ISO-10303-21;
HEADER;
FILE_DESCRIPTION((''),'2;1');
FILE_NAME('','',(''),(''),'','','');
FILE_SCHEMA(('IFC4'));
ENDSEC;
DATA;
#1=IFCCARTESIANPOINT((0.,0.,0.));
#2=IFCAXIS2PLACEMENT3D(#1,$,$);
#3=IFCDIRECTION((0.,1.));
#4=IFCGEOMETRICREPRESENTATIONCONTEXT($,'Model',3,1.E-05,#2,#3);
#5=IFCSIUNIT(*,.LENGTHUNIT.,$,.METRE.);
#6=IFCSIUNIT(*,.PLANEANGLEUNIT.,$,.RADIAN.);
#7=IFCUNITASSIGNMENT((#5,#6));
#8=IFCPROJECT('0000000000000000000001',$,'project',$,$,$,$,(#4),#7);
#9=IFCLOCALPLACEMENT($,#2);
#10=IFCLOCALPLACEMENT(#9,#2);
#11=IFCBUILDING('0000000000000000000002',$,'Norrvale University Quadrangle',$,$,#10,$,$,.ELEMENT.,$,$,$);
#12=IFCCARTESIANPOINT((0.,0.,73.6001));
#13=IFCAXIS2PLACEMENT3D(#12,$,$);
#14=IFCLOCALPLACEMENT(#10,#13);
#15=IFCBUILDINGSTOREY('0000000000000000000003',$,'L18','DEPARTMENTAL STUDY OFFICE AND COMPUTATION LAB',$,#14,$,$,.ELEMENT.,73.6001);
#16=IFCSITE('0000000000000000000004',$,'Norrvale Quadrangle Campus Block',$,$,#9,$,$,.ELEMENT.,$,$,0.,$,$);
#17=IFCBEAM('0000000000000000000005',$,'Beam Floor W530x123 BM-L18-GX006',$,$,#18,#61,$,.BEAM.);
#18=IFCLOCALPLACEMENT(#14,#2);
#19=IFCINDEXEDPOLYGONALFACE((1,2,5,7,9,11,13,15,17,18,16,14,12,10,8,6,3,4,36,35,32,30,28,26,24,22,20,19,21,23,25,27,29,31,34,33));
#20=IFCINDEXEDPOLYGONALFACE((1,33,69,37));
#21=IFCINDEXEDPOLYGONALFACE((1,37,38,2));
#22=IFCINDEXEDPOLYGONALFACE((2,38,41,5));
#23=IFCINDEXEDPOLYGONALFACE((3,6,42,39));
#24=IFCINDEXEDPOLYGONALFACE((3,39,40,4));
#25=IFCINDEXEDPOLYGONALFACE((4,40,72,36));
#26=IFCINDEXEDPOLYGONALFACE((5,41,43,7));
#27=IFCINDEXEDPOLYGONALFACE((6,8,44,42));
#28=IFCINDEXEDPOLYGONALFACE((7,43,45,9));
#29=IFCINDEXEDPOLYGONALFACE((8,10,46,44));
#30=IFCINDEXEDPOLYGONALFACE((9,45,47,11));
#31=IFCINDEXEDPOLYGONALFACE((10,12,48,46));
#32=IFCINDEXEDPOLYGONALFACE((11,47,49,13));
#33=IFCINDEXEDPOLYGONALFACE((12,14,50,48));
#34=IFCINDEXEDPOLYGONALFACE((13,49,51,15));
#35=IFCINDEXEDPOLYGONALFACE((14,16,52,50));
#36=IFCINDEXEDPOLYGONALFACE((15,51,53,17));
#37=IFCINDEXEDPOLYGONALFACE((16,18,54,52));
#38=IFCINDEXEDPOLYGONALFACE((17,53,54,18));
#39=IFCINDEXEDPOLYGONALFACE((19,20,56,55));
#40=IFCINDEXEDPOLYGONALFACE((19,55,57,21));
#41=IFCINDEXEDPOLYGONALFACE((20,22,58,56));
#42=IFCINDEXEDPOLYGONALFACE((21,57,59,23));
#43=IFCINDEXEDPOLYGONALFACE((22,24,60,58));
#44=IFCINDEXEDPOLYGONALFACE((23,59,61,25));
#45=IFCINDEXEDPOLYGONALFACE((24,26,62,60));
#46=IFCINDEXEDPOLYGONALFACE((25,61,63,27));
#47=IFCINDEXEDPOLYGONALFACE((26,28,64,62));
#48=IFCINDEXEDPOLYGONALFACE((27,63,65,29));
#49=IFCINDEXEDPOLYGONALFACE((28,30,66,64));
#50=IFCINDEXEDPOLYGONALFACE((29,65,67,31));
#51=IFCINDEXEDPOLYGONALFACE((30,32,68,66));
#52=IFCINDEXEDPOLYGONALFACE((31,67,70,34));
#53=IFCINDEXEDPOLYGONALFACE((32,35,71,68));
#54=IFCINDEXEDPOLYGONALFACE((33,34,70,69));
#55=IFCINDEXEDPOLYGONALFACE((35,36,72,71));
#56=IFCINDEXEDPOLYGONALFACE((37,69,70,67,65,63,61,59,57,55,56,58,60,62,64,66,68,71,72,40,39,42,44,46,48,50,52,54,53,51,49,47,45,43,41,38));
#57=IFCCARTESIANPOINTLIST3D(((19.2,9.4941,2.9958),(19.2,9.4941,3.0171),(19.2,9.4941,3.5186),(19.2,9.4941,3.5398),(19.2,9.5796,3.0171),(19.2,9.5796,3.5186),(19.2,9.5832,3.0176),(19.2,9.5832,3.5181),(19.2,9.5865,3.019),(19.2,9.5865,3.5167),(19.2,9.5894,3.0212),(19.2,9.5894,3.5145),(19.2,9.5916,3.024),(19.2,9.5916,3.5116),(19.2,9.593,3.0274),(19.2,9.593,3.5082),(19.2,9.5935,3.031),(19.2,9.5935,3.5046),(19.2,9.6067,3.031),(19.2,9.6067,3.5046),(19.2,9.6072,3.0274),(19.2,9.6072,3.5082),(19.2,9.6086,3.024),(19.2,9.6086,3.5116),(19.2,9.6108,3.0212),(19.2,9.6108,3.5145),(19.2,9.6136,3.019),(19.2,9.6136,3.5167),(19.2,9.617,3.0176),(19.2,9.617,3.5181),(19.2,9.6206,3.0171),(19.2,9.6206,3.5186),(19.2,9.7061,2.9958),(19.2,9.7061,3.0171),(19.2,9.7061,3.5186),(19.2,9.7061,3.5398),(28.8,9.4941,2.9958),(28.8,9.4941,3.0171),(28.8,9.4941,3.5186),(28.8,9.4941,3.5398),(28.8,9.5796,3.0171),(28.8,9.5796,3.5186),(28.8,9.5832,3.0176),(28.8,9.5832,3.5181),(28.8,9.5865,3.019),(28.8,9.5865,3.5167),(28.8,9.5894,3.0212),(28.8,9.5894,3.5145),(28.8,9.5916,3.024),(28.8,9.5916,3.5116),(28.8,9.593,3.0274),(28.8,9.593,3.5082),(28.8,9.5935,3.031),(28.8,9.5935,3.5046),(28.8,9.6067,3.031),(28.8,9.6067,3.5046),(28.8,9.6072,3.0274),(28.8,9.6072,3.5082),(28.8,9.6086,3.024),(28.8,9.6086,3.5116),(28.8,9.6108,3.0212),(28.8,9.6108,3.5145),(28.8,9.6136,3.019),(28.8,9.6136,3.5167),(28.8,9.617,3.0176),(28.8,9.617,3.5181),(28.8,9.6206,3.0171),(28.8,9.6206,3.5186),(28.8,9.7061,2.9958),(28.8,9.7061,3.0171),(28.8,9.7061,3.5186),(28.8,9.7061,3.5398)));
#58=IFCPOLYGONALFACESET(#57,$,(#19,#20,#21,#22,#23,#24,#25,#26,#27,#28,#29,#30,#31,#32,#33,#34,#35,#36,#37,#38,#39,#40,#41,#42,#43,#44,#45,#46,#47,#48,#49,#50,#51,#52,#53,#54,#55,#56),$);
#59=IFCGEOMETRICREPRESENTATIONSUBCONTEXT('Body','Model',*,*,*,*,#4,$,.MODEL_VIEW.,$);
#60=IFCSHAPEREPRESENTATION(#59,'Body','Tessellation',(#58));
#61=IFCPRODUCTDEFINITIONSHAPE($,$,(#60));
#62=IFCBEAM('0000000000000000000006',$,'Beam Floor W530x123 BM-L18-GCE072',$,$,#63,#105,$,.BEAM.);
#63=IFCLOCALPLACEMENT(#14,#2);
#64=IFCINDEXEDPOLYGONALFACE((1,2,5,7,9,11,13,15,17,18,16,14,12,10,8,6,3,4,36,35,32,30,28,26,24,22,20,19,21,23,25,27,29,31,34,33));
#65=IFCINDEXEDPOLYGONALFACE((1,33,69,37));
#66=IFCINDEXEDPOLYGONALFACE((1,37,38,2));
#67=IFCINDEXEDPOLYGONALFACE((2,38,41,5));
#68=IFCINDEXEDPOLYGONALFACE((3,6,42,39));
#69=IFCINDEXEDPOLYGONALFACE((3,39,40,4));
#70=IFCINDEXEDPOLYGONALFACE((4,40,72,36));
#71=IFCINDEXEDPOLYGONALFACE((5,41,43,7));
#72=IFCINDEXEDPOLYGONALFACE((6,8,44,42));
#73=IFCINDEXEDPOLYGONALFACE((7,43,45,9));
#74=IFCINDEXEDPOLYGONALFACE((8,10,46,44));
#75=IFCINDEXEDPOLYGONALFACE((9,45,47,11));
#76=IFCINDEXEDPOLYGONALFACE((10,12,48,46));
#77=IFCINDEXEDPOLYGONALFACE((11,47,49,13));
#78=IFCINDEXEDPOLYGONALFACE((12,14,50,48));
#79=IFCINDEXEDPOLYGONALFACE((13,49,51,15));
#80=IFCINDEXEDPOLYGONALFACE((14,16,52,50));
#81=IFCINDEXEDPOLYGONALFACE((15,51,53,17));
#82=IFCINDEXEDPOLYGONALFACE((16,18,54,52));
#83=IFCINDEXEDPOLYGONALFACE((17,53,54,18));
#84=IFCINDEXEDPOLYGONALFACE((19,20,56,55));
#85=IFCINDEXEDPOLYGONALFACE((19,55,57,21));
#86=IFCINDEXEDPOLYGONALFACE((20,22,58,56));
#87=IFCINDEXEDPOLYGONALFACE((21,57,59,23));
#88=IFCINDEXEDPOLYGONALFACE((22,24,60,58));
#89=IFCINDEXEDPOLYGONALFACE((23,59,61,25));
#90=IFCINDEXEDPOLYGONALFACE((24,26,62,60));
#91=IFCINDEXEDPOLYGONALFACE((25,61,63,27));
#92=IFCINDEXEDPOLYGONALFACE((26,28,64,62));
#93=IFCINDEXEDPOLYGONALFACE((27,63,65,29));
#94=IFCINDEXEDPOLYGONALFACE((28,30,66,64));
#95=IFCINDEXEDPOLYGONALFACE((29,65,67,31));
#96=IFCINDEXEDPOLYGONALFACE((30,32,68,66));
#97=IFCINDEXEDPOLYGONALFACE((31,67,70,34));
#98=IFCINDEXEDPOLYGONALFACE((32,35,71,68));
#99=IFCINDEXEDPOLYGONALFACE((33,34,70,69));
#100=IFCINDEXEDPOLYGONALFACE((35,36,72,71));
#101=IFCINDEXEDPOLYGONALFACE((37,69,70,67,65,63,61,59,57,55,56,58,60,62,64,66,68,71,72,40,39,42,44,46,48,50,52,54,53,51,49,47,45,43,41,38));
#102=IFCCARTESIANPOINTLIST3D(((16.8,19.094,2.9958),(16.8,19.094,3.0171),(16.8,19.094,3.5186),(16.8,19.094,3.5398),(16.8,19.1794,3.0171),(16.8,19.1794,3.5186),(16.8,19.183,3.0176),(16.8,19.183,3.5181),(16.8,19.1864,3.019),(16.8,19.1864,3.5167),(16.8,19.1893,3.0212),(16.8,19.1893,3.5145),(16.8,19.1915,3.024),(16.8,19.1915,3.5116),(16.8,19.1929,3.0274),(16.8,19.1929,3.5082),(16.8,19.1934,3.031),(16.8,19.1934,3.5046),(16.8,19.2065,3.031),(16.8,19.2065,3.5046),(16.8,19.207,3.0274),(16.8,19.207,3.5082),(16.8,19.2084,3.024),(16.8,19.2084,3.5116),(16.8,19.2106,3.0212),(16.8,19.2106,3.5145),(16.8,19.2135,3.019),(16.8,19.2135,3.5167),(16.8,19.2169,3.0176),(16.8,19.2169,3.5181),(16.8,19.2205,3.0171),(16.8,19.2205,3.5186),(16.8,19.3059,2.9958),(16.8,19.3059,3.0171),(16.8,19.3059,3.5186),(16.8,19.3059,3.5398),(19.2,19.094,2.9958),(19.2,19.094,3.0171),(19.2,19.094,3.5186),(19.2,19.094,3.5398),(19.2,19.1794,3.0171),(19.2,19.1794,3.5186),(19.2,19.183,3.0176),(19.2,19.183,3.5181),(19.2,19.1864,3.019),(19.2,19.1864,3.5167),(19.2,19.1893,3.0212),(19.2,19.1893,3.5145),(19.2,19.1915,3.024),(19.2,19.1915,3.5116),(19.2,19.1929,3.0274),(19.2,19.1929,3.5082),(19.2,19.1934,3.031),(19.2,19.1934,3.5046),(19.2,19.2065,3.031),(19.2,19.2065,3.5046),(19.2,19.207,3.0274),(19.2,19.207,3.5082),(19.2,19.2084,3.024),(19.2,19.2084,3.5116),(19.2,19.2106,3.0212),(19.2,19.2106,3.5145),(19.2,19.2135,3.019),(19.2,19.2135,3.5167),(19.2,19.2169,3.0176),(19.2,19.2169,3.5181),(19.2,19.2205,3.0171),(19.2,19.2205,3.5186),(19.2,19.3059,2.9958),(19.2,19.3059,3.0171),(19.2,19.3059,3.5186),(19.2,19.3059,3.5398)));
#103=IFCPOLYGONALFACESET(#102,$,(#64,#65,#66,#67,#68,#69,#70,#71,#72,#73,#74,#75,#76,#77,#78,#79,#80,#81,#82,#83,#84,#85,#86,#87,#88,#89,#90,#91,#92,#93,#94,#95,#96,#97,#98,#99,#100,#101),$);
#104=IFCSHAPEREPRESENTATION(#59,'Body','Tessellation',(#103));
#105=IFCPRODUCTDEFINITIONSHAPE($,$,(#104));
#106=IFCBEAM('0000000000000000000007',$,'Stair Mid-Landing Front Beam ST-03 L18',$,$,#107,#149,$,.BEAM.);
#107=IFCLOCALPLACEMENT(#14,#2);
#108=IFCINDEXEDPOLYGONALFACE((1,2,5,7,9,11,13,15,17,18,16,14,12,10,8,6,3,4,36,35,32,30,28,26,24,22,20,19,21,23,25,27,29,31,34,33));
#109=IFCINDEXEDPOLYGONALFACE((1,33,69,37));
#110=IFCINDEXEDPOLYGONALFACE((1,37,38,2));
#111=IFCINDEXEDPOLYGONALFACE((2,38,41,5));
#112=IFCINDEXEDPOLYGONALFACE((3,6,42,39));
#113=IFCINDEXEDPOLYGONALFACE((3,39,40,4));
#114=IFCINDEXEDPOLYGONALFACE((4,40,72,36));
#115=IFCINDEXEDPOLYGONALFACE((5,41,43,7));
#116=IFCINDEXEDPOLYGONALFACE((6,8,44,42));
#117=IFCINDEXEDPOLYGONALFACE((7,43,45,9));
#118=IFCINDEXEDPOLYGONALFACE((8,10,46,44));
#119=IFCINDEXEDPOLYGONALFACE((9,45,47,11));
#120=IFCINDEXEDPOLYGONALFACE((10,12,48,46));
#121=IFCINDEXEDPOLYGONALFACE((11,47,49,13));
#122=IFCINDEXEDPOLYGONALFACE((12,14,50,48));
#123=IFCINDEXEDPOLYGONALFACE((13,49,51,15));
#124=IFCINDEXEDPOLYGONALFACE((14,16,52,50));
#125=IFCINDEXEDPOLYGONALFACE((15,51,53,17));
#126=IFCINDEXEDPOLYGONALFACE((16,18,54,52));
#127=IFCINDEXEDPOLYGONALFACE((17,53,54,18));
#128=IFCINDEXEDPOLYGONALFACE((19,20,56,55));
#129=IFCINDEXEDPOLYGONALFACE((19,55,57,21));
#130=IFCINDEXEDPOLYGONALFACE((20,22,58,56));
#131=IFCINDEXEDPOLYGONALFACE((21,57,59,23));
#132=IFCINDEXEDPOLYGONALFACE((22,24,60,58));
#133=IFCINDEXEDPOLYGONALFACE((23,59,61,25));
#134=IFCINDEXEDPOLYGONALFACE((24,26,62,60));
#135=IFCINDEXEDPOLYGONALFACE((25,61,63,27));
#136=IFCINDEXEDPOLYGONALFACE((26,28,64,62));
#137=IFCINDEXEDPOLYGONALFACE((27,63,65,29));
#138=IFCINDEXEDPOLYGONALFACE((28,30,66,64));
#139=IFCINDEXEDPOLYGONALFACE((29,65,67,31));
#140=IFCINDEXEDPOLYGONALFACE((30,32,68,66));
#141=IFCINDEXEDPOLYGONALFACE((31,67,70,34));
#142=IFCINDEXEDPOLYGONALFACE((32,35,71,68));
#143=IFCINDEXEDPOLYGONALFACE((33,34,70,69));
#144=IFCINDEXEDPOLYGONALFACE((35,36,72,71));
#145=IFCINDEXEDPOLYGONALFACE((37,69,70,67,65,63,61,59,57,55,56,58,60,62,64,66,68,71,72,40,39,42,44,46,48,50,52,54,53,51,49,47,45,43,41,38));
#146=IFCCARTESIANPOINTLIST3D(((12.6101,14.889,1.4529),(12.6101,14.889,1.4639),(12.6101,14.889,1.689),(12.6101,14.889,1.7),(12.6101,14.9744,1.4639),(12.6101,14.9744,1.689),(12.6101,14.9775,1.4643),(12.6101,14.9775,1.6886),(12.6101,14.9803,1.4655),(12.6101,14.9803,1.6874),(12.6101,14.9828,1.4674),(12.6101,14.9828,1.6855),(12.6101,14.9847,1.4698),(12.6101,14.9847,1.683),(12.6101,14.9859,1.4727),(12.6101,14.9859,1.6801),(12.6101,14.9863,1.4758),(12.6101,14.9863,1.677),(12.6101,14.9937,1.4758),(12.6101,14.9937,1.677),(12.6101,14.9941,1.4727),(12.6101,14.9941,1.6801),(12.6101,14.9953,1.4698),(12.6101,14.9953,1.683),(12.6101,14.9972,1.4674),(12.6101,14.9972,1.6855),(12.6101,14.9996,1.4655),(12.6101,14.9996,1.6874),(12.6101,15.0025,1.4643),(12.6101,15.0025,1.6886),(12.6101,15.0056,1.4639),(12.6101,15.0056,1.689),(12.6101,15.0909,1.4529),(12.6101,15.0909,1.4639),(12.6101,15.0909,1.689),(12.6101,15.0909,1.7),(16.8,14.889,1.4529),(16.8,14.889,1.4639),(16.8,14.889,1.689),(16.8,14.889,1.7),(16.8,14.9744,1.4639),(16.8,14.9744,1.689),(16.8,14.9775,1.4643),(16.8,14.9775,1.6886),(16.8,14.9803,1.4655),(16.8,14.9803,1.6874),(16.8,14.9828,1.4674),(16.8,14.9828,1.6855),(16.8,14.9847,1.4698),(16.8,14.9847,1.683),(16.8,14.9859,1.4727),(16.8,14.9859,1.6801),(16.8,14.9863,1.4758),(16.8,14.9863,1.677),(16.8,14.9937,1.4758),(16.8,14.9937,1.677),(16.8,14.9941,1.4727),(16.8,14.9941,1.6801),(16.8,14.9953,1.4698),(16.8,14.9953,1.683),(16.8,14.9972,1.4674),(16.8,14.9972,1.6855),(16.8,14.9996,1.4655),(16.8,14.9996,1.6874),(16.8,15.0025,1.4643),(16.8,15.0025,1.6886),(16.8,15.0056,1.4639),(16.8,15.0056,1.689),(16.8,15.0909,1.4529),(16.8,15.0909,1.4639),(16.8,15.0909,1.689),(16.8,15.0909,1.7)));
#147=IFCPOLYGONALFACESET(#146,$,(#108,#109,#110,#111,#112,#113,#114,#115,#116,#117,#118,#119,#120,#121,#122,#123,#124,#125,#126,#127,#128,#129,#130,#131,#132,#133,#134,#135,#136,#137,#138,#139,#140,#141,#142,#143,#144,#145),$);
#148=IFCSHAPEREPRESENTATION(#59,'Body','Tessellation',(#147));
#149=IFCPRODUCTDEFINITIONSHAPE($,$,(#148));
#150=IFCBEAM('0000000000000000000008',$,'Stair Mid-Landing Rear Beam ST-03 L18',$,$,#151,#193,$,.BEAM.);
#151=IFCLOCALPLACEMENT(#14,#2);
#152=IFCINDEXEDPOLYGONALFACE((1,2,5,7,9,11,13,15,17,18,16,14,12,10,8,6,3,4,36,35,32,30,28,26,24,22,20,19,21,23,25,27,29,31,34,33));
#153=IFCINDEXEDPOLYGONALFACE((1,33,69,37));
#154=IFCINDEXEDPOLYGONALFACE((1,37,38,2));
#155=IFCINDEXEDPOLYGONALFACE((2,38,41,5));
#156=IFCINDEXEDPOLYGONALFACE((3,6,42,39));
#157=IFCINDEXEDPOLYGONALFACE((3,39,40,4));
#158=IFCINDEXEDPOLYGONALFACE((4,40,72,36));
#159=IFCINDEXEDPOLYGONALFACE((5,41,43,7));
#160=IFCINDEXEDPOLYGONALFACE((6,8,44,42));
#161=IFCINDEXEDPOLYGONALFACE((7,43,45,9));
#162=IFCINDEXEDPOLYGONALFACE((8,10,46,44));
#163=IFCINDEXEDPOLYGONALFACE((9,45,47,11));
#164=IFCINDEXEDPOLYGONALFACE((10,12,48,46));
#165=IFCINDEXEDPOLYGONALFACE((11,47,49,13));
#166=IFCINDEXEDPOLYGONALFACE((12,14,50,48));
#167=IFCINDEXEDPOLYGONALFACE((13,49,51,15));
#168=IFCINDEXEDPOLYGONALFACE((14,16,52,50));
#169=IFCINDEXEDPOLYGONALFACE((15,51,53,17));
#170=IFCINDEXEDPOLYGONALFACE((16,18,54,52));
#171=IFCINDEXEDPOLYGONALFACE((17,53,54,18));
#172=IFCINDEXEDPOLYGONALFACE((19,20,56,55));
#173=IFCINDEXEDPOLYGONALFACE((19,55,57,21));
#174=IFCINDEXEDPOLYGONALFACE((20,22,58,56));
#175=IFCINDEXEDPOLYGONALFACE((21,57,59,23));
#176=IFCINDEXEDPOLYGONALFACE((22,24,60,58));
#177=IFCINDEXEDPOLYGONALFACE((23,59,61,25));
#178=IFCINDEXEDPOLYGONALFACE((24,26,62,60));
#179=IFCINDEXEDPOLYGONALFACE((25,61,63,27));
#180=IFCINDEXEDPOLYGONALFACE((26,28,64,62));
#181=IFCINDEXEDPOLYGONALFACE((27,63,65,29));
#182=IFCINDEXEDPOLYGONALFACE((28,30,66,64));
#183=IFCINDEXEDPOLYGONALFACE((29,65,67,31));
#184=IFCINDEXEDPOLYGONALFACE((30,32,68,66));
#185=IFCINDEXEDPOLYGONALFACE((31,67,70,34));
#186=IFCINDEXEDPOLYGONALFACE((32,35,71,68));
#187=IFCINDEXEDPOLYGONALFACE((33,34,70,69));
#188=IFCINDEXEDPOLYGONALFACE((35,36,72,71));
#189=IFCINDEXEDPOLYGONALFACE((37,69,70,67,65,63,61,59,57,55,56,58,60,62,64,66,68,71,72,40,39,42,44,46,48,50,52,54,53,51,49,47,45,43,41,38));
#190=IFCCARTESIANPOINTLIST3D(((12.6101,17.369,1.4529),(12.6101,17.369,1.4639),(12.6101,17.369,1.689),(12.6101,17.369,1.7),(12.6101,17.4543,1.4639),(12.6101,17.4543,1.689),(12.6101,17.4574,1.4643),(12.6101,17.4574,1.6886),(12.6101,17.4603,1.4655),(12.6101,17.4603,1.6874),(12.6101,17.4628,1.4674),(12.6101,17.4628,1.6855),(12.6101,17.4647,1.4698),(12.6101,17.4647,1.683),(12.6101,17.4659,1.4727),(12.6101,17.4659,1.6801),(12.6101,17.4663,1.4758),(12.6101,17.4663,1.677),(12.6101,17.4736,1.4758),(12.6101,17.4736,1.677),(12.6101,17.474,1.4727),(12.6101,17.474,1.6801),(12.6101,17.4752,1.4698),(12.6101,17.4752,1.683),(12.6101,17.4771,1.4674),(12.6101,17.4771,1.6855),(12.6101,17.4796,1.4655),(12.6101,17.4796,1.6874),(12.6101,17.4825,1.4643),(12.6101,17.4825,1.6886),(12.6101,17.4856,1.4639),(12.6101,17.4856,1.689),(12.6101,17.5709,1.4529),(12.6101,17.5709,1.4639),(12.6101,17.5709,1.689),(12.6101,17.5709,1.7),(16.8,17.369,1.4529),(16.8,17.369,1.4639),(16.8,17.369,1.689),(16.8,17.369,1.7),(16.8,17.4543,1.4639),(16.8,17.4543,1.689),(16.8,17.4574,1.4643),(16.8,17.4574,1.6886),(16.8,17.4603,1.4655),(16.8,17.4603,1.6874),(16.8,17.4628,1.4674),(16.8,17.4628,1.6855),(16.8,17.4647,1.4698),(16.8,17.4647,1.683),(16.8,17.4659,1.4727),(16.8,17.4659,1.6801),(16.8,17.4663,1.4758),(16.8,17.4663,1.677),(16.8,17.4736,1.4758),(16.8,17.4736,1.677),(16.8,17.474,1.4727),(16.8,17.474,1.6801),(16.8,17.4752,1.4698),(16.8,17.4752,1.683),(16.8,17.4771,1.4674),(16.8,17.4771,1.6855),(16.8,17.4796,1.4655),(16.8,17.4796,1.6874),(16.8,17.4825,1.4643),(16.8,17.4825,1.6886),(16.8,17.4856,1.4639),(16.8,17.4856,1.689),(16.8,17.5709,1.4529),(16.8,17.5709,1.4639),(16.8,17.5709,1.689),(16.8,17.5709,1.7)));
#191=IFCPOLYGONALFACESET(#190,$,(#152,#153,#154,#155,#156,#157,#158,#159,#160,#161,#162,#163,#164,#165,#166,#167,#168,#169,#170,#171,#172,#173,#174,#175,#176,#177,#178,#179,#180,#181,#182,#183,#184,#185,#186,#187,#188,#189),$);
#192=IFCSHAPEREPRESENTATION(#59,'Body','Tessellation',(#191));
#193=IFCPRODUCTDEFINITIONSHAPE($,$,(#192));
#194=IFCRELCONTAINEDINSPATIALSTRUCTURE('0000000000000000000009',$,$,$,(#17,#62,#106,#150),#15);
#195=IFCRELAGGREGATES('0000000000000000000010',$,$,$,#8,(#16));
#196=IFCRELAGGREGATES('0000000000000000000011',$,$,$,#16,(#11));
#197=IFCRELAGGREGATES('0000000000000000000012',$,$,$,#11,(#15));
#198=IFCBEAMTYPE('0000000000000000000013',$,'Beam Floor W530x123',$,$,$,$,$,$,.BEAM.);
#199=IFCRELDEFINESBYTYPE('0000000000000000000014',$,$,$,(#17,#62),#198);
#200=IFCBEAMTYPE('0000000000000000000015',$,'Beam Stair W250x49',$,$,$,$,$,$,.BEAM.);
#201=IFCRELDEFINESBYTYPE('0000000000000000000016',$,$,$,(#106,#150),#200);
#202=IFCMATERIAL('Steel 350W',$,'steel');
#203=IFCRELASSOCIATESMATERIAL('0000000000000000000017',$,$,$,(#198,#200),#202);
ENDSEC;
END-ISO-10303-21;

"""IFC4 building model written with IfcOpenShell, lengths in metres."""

from ifc_helpers import new_model, si_unit, direction, frame, origin, origin_2d, place, context, subcontext, project, spatial, i_section, extrude, material, material_profile, profile_set, type_object, element, save


model = new_model("IFC4")

# Units and contexts
model_context = context("Model", 3, precision=1e-05, world=origin(), true_north=direction((0.0, 1.0)))
body_context = subcontext(model_context, "Body", "Model", "MODEL_VIEW")
ifc_project = project(units=[si_unit("LENGTHUNIT", "METRE"), si_unit("PLANEANGLEUNIT", "RADIAN")], contexts=[model_context])

# Site, building, storey
site_placement = place(None, origin())
site = spatial("IfcSite", under=ifc_project, at=site_placement, Name="Norrvale Quadrangle Campus Block", CompositionType="ELEMENT", RefElevation=0.0)
building_placement = place(site_placement, origin())
building = spatial("IfcBuilding", under=site, at=building_placement, Name="Norrvale University Quadrangle", CompositionType="ELEMENT")
storey_placement = place(building_placement, frame((0.0, 0.0, 73.6001)))
storey = spatial("IfcBuildingStorey", under=building, at=storey_placement, Name="L18", Description="DEPARTMENTAL STUDY OFFICE AND COMPUTATION LAB", CompositionType="ELEMENT", Elevation=73.6001)

# Beams
ifc_material_1 = material(Name="Steel 350W", Category="steel")
ifc_material_profile_1 = material_profile(ifc_material_1, i_section(OverallWidth=0.2119, OverallDepth=0.5439, WebThickness=0.0132, FlangeThickness=0.0212, FilletRadius=0.0139, at=origin_2d()), Name="Steel 350W")
ifc_profile_set_1 = profile_set([ifc_material_profile_1], Name="Steel 350W")
beam_type_1 = type_object("IfcBeamType", Name="Beam Floor W530x123", PredefinedType="BEAM", material=ifc_profile_set_1)
beam_1_placement = place(storey_placement, frame((19.2, 9.6001, 3.2678), z_axis=(1.0, 0.0, 0.0), x_axis=(0.0, 1.0, 0.0)))
element("IfcBeam", 1, at=beam_1_placement, inside=storey, type_object=beam_type_1, Name="Beam Floor W530x123 BM-L18-GX006", PredefinedType="BEAM", context=body_context, shape_type="SweptSolid", body=[
    extrude(i_section(OverallWidth=0.2119, OverallDepth=0.5439, WebThickness=0.0132, FlangeThickness=0.0212, FilletRadius=0.0139, at=origin_2d()), origin(), (0.0, 0.0, 1.0), 9.6001),
])
beam_2_placement = place(storey_placement, frame((16.8, 19.2, 3.2678), z_axis=(1.0, 0.0, 0.0), x_axis=(0.0, 1.0, 0.0)))
element("IfcBeam", 2, at=beam_2_placement, inside=storey, type_object=beam_type_1, Name="Beam Floor W530x123 BM-L18-GCE072", PredefinedType="BEAM", context=body_context, shape_type="SweptSolid", body=[
    extrude(i_section(OverallWidth=0.2119, OverallDepth=0.5439, WebThickness=0.0132, FlangeThickness=0.0212, FilletRadius=0.0139, at=origin_2d()), origin(), (0.0, 0.0, 1.0), 2.3999),
])
ifc_material_profile_2 = material_profile(ifc_material_1, i_section(OverallWidth=0.2019, OverallDepth=0.2471, WebThickness=0.0073, FlangeThickness=0.011, FilletRadius=0.012, at=origin_2d()), Name="Steel 350W")
ifc_profile_set_2 = profile_set([ifc_material_profile_2], Name="Steel 350W")
beam_type_2 = type_object("IfcBeamType", Name="Beam Stair W250x49", PredefinedType="BEAM", material=ifc_profile_set_2)
for number, where, z_axis, x_axis, name in (
    (3, (12.6101, 14.99, 1.5764), (1.0, 0.0, 0.0), (0.0, 1.0, 0.0), "Stair Mid-Landing Front Beam ST-03 L18"),
    (4, (12.6101, 17.47, 1.5764), (1.0, 0.0, 0.0), (0.0, 1.0, 0.0), "Stair Mid-Landing Rear Beam ST-03 L18"),
):
    element("IfcBeam", number, at=place(storey_placement, frame(where, z_axis=z_axis, x_axis=x_axis)), inside=storey, type_object=beam_type_2, Name=name, PredefinedType="BEAM", context=body_context, shape_type="SweptSolid", body=[
        extrude(i_section(OverallWidth=0.2019, OverallDepth=0.2471, WebThickness=0.0073, FlangeThickness=0.011, FilletRadius=0.012, at=origin_2d()), origin(), (0.0, 0.0, 1.0), 4.1899),
    ])

save(model, "model.ifc")
